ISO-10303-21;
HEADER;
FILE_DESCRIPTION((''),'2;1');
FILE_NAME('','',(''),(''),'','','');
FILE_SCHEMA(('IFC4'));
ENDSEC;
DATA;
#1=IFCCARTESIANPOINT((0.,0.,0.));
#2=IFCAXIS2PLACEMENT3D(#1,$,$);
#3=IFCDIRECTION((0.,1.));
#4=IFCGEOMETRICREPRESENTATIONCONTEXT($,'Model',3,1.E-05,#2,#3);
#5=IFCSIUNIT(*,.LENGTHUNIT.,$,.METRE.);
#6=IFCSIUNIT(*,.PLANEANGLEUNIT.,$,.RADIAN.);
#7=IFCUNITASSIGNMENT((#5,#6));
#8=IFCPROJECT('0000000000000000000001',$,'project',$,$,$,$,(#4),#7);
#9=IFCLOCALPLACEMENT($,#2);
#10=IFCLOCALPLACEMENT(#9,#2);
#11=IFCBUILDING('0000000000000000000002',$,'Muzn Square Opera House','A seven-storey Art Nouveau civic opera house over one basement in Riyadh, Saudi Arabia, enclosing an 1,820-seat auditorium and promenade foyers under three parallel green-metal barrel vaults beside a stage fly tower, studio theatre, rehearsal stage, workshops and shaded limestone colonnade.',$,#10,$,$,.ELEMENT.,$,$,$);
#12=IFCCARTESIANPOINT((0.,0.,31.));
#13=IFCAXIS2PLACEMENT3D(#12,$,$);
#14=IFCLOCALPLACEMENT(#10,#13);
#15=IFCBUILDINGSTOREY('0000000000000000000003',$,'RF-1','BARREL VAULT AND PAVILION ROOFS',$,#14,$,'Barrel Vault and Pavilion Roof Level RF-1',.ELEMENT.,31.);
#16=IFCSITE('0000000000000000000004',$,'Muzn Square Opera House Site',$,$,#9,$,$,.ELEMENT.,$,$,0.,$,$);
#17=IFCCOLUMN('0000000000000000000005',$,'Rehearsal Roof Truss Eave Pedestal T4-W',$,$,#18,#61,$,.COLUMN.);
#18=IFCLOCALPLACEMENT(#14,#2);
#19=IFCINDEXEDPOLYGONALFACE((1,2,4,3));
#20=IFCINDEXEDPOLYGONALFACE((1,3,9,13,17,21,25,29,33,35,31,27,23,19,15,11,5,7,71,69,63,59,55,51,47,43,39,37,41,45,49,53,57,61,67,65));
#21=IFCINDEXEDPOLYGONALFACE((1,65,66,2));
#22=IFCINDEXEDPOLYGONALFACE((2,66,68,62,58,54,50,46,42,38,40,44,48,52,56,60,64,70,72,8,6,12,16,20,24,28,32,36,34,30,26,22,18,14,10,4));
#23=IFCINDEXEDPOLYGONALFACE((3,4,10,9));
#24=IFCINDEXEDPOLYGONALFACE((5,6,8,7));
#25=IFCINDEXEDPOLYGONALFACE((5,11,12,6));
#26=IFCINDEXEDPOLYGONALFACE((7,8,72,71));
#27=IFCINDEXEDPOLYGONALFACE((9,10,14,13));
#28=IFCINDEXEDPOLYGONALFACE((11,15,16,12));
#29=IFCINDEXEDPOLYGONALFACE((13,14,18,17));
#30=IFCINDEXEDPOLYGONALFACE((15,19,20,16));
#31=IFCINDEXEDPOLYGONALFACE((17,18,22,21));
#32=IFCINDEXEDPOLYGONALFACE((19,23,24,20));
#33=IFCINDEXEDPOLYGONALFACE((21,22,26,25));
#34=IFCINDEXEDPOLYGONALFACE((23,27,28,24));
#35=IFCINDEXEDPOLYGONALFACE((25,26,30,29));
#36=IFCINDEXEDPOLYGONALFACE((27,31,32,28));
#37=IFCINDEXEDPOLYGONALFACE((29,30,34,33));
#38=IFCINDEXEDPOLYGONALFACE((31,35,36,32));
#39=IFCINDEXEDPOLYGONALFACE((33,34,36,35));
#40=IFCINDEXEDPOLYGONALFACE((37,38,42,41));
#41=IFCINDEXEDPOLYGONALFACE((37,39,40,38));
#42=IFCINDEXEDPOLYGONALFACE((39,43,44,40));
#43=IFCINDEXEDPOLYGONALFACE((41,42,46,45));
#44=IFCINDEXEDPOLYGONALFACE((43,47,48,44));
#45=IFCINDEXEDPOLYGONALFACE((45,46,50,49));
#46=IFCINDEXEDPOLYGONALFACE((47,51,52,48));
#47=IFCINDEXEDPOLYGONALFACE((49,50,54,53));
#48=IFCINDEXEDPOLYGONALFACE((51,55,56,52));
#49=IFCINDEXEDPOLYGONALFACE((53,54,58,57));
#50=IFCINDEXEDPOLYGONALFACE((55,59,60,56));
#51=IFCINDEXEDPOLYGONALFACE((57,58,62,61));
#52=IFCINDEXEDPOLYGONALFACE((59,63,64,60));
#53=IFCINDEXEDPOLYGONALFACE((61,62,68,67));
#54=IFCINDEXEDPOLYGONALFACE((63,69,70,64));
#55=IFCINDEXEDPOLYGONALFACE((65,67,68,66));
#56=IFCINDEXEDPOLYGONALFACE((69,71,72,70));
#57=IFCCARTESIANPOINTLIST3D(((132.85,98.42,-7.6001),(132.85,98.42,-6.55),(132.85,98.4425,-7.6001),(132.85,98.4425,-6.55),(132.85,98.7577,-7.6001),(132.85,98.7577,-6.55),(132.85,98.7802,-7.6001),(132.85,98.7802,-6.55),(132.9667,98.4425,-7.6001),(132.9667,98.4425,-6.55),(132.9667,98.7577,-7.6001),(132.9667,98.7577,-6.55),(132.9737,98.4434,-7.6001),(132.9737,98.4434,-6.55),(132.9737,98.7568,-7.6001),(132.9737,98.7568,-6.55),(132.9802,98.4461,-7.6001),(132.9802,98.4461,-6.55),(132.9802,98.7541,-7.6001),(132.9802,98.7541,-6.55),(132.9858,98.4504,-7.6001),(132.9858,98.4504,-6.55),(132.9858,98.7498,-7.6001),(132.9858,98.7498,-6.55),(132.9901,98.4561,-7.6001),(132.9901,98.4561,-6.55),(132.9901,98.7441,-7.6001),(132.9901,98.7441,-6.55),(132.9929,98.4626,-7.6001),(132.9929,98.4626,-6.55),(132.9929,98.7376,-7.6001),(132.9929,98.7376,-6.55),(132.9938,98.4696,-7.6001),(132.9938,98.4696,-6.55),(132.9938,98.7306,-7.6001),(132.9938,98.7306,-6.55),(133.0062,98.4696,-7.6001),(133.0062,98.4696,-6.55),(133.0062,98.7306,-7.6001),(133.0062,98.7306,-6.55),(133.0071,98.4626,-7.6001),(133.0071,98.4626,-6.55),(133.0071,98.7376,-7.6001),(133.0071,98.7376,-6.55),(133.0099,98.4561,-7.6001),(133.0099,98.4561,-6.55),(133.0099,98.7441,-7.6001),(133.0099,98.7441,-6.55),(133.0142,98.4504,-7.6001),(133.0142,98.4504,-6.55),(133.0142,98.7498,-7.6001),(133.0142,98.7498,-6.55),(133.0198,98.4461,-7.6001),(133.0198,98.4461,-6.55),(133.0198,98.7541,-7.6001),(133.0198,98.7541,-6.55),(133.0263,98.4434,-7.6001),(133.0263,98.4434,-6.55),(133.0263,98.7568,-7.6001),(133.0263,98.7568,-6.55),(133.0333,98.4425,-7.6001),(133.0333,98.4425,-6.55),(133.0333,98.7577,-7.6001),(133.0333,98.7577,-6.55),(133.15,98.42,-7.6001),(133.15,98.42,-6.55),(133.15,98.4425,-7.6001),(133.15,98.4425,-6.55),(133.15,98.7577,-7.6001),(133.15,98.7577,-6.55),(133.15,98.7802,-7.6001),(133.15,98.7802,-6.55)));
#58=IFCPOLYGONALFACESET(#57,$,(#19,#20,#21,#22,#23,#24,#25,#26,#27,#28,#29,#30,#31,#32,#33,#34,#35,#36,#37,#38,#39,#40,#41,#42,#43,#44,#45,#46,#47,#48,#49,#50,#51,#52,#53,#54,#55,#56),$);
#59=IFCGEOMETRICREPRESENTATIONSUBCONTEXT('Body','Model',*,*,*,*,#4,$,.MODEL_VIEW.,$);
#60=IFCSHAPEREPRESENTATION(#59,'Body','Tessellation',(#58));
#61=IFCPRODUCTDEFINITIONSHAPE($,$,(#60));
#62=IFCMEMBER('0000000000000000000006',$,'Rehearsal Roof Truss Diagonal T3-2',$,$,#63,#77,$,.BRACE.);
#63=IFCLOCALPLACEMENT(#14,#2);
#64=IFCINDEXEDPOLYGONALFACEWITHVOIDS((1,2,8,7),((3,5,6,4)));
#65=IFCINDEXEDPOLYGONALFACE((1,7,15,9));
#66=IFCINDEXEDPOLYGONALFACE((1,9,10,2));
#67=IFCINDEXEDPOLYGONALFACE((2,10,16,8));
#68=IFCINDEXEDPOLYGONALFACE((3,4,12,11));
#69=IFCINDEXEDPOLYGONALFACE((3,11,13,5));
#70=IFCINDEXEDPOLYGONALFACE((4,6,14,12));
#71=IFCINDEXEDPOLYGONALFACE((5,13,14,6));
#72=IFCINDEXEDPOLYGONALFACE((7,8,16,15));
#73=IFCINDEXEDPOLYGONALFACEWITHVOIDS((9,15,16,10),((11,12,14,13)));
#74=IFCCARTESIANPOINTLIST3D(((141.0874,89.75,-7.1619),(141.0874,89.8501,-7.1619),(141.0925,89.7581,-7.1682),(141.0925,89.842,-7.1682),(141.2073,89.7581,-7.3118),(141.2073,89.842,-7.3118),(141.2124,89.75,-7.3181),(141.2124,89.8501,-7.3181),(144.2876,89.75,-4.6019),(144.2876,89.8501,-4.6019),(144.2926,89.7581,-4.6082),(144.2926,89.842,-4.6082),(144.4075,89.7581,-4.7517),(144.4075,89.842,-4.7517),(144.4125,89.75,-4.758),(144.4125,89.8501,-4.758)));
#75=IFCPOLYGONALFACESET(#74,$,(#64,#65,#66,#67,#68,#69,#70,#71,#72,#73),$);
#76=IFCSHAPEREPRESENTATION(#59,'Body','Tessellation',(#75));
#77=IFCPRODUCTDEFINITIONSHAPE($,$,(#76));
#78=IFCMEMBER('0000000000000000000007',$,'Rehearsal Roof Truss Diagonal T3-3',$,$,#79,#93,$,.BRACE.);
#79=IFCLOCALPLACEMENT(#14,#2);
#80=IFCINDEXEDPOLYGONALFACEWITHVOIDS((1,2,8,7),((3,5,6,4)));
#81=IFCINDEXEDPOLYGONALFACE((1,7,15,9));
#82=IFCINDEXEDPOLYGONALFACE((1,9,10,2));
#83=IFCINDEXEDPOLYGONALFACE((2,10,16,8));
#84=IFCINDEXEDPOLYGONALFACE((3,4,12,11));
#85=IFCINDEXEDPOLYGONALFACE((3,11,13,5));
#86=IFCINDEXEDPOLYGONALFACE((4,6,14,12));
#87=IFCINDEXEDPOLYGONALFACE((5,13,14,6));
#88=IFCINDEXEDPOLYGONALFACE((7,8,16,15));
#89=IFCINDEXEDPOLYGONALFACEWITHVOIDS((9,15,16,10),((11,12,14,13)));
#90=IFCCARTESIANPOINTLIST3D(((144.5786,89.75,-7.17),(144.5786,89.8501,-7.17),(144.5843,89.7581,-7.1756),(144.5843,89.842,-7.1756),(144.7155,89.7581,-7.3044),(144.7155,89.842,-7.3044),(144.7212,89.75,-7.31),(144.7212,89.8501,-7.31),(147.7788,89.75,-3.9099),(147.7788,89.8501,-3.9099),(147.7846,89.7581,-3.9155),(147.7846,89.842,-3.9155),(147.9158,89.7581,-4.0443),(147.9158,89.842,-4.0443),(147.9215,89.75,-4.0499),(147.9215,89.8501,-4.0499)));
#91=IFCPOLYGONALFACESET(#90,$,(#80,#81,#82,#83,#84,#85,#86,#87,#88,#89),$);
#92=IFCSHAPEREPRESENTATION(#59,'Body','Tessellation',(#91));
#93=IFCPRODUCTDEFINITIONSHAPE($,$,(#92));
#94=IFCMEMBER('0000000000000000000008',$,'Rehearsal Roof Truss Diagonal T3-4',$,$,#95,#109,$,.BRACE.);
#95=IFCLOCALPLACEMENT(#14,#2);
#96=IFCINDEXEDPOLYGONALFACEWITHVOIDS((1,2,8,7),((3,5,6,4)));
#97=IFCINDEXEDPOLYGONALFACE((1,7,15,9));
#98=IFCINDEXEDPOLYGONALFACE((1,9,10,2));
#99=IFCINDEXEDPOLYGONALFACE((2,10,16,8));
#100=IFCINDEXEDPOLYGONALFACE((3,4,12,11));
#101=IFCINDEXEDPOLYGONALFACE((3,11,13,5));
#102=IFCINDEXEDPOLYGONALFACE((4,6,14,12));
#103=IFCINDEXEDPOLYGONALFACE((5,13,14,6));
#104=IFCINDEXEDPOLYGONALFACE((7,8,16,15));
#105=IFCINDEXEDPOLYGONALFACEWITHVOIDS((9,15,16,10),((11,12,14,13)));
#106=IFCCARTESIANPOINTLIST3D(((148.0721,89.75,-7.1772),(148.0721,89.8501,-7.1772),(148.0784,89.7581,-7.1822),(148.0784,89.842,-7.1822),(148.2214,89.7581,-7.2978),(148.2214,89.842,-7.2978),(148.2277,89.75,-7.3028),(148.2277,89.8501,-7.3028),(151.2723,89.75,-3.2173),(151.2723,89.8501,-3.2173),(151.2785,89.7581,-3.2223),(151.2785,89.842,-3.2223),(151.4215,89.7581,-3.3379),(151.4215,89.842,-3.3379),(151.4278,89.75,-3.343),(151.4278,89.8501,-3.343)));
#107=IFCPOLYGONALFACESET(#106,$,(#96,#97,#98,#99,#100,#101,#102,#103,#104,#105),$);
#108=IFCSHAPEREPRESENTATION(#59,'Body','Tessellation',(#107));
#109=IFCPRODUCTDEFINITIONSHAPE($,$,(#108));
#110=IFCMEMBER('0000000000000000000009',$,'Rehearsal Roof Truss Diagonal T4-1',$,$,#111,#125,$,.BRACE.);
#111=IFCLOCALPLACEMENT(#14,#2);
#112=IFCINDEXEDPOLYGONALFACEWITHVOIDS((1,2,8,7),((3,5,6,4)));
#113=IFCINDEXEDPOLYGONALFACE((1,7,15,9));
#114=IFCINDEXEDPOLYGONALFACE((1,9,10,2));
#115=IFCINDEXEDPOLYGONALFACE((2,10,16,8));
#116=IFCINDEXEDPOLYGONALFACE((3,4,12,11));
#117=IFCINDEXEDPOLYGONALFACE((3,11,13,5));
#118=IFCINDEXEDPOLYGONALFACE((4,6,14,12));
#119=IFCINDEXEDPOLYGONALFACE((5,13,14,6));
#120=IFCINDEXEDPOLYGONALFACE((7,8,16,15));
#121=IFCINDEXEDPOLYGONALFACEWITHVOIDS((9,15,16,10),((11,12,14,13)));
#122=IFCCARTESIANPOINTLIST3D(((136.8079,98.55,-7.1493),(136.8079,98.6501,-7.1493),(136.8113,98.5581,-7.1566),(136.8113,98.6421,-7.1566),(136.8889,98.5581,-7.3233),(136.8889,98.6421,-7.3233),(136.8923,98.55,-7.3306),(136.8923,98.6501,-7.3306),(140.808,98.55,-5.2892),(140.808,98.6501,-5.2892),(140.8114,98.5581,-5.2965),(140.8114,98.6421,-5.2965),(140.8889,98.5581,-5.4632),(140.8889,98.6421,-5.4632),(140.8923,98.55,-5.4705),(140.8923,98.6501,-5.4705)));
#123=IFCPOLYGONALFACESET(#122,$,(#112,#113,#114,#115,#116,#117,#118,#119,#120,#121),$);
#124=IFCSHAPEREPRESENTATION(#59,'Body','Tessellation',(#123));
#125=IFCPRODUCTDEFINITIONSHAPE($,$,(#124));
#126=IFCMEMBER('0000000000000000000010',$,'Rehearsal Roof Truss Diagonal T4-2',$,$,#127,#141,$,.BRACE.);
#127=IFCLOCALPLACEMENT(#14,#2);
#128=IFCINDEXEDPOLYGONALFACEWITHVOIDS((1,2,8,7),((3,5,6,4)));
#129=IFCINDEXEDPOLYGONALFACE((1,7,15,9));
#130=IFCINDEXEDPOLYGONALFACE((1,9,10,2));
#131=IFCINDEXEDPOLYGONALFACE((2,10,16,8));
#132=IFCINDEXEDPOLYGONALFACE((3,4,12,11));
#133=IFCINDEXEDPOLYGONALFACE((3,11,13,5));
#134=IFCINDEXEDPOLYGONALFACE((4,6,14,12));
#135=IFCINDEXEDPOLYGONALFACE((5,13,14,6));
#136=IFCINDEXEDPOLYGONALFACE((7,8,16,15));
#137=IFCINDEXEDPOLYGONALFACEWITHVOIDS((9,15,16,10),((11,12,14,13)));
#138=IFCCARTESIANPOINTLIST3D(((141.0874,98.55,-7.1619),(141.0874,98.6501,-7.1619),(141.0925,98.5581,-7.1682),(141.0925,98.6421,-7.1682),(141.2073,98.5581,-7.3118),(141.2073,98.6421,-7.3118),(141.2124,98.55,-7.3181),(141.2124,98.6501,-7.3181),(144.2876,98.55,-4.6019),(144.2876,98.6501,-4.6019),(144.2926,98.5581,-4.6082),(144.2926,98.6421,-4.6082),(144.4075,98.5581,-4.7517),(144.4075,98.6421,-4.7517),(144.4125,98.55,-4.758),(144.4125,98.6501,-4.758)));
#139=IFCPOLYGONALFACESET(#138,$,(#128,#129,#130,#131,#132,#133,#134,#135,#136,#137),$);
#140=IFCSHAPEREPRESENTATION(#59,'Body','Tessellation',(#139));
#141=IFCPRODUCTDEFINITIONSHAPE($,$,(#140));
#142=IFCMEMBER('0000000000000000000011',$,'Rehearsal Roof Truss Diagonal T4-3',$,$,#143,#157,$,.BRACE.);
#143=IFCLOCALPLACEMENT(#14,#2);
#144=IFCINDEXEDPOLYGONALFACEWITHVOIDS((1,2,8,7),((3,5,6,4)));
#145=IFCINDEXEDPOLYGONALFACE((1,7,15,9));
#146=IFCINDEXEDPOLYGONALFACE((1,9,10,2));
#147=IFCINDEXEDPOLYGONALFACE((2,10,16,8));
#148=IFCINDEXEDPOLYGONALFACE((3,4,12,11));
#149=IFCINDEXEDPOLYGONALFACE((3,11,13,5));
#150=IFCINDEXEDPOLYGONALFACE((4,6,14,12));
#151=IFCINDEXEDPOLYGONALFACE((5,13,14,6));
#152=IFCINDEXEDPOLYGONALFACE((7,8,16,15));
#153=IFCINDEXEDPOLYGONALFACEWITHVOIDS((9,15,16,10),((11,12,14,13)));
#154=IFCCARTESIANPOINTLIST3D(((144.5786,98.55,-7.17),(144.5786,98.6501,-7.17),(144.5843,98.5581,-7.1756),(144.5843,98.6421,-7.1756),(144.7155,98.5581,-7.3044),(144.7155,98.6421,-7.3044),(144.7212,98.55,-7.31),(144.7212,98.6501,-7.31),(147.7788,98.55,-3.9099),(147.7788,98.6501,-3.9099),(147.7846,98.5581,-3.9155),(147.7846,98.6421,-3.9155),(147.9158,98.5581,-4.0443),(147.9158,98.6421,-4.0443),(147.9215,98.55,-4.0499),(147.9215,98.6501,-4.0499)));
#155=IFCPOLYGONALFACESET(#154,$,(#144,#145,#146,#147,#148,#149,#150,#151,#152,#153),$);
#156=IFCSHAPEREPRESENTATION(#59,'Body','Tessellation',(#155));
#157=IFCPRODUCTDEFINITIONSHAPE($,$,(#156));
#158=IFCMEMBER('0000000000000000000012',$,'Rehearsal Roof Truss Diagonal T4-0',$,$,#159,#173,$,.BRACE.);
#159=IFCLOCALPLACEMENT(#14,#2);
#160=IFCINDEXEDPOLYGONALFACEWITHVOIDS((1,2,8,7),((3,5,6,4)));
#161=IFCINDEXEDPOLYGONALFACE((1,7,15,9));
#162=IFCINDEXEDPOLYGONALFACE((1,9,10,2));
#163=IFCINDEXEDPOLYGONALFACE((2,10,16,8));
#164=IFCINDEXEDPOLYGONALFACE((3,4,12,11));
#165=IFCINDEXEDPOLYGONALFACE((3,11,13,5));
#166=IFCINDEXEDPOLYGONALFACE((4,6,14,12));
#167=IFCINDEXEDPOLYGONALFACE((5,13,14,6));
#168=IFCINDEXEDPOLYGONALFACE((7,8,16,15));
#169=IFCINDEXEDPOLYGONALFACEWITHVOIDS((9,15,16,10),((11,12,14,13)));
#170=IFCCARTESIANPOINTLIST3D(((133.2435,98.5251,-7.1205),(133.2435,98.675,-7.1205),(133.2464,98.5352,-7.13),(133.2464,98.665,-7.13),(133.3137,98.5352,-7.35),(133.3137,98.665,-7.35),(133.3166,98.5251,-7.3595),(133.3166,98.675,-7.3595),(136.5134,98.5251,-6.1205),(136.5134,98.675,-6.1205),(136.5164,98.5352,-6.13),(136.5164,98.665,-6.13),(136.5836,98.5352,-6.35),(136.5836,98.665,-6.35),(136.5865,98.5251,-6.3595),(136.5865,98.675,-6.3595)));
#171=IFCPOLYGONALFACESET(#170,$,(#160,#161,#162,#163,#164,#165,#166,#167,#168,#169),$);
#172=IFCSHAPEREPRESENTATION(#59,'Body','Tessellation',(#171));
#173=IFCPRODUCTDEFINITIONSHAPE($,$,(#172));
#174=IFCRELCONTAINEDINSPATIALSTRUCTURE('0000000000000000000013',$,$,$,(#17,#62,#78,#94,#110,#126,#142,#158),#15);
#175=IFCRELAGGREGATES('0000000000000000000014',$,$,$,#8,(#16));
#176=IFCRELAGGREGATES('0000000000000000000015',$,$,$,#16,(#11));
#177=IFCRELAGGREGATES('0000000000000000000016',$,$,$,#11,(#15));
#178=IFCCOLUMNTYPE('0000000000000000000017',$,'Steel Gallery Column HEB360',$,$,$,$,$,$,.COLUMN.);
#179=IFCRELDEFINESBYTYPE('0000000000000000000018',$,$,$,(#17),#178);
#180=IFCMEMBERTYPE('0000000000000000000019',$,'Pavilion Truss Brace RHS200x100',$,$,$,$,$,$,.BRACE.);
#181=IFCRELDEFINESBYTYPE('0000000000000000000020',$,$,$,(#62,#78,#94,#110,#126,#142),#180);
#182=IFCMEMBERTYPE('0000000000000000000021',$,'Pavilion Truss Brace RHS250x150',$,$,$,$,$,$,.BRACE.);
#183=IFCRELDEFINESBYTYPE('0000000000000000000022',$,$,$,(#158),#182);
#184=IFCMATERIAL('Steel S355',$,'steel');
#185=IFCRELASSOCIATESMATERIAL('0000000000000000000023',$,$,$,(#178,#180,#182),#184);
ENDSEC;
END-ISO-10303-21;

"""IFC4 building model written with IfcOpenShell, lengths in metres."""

from ifc_helpers import new_model, si_unit, direction, frame, origin, origin_2d, place, context, subcontext, project, spatial, hollow_rectangle, i_section, extrude, material, material_profile, profile_set, type_object, element, save


model = new_model("IFC4")

# Units and contexts
model_context = context("Model", 3, precision=1e-05, world=origin(), true_north=direction((0.0, 1.0)))
body_context = subcontext(model_context, "Body", "Model", "MODEL_VIEW")
ifc_project = project(units=[si_unit("LENGTHUNIT", "METRE"), si_unit("PLANEANGLEUNIT", "RADIAN")], contexts=[model_context])

# Site, building, storey
site_placement = place(None, origin())
site = spatial("IfcSite", under=ifc_project, at=site_placement, Name="Muzn Square Opera House Site", CompositionType="ELEMENT", RefElevation=0.0)
building_placement = place(site_placement, origin())
building = spatial("IfcBuilding", under=site, at=building_placement, Name="Muzn Square Opera House", Description="A seven-storey Art Nouveau civic opera house over one basement in Riyadh, Saudi Arabia, enclosing an 1,820-seat auditorium and promenade foyers under three parallel green-metal barrel vaults beside a stage fly tower, studio theatre, rehearsal stage, workshops and shaded limestone colonnade.", CompositionType="ELEMENT")
storey_placement = place(building_placement, frame((0.0, 0.0, 31.0)))
storey = spatial("IfcBuildingStorey", under=building, at=storey_placement, Name="RF-1", Description="BARREL VAULT AND PAVILION ROOFS", LongName="Barrel Vault and Pavilion Roof Level RF-1", CompositionType="ELEMENT", Elevation=31.0)

# Column
ifc_material = material(Name="Steel S355", Category="steel")
ifc_material_profile_1 = material_profile(ifc_material, i_section(OverallWidth=0.3, OverallDepth=0.3601, WebThickness=0.0125, FlangeThickness=0.0225, FilletRadius=0.0271, at=origin_2d()), Name="HEB 360", Category="steel")
ifc_profile_set_1 = profile_set([ifc_material_profile_1], Name="Steel S355")
column_type = type_object("IfcColumnType", Name="Steel Gallery Column HEB360", PredefinedType="COLUMN", material=ifc_profile_set_1)
column_placement = place(storey_placement, frame((133.0, 98.6001, -7.6001), z_axis=(0.0, 0.0, 1.0), x_axis=(1.0, 0.0, 0.0)))
element("IfcColumn", 1, at=column_placement, inside=storey, type_object=column_type, Name="Rehearsal Roof Truss Eave Pedestal T4-W", PredefinedType="COLUMN", context=body_context, shape_type="SweptSolid", body=[
    extrude(i_section(OverallWidth=0.3, OverallDepth=0.3601, WebThickness=0.0125, FlangeThickness=0.0225, FilletRadius=0.0271, at=origin_2d()), origin(), (0.0, 0.0, 1.0), 1.05),
])

# Members
ifc_material_profile_2 = material_profile(ifc_material, hollow_rectangle(XDim=0.1001, YDim=0.2, WallThickness=0.0081, at=origin_2d()), Name="RHS 200x100x8", Category="steel")
ifc_profile_set_2 = profile_set([ifc_material_profile_2], Name="Steel S355")
member_type_1 = type_object("IfcMemberType", Name="Pavilion Truss Brace RHS200x100", PredefinedType="BRACE", material=ifc_profile_set_2)
member_1_placement = place(storey_placement, frame((141.1499, 89.8, -7.24), z_axis=(0.78088, 0.0, 0.624681), x_axis=(0.0, 1.0, 0.0)))
element("IfcMember", 2, at=member_1_placement, inside=storey, type_object=member_type_1, Name="Rehearsal Roof Truss Diagonal T3-2", PredefinedType="BRACE", context=body_context, shape_type="SweptSolid", body=[
    extrude(hollow_rectangle(XDim=0.1001, YDim=0.2, WallThickness=0.0081, at=origin_2d()), origin(), (0.0, 0.0, 1.0), 4.0981),
])
member_2_placement = place(storey_placement, frame((144.6499, 89.8, -7.24), z_axis=(0.70053, 0.0, 0.713623), x_axis=(0.0, 1.0, 0.0)))
element("IfcMember", 3, at=member_2_placement, inside=storey, type_object=member_type_1, Name="Rehearsal Roof Truss Diagonal T3-3", PredefinedType="BRACE", context=body_context, shape_type="SweptSolid", body=[
    extrude(hollow_rectangle(XDim=0.1001, YDim=0.2, WallThickness=0.0081, at=origin_2d()), origin(), (0.0, 0.0, 1.0), 4.5684),
])
member_3_placement = place(storey_placement, frame((148.1499, 89.8, -7.24), z_axis=(0.628547, 0.0, 0.777772), x_axis=(0.0, 1.0, 0.0)))
element("IfcMember", 4, at=member_3_placement, inside=storey, type_object=member_type_1, Name="Rehearsal Roof Truss Diagonal T3-4", PredefinedType="BRACE", context=body_context, shape_type="SweptSolid", body=[
    extrude(hollow_rectangle(XDim=0.1001, YDim=0.2, WallThickness=0.0081, at=origin_2d()), origin(), (0.0, 0.0, 1.0), 5.0913),
])
member_4_placement = place(storey_placement, frame((136.8501, 98.6001, -7.24), z_axis=(0.906752, 0.0, 0.421664), x_axis=(0.0, 1.0, 0.0)))
element("IfcMember", 5, at=member_4_placement, inside=storey, type_object=member_type_1, Name="Rehearsal Roof Truss Diagonal T4-1", PredefinedType="BRACE", context=body_context, shape_type="SweptSolid", body=[
    extrude(hollow_rectangle(XDim=0.1001, YDim=0.2, WallThickness=0.0081, at=origin_2d()), origin(), (0.0, 0.0, 1.0), 4.4114),
])
member_5_placement = place(storey_placement, frame((141.1499, 98.6001, -7.24), z_axis=(0.78088, 0.0, 0.624681), x_axis=(0.0, 1.0, 0.0)))
element("IfcMember", 6, at=member_5_placement, inside=storey, type_object=member_type_1, Name="Rehearsal Roof Truss Diagonal T4-2", PredefinedType="BRACE", context=body_context, shape_type="SweptSolid", body=[
    extrude(hollow_rectangle(XDim=0.1001, YDim=0.2, WallThickness=0.0081, at=origin_2d()), origin(), (0.0, 0.0, 1.0), 4.0981),
])
member_6_placement = place(storey_placement, frame((144.6499, 98.6001, -7.24), z_axis=(0.70053, 0.0, 0.713623), x_axis=(0.0, 1.0, 0.0)))
element("IfcMember", 7, at=member_6_placement, inside=storey, type_object=member_type_1, Name="Rehearsal Roof Truss Diagonal T4-3", PredefinedType="BRACE", context=body_context, shape_type="SweptSolid", body=[
    extrude(hollow_rectangle(XDim=0.1001, YDim=0.2, WallThickness=0.0081, at=origin_2d()), origin(), (0.0, 0.0, 1.0), 4.5684),
])
ifc_material_profile_3 = material_profile(ifc_material, hollow_rectangle(XDim=0.1499, YDim=0.25, WallThickness=0.01, at=origin_2d()), Name="RHS 250x150x10", Category="steel")
ifc_profile_set_3 = profile_set([ifc_material_profile_3], Name="Steel S355")
member_type_2 = type_object("IfcMemberType", Name="Pavilion Truss Brace RHS250x150", PredefinedType="BRACE", material=ifc_profile_set_3)
member_7_placement = place(storey_placement, frame((133.28, 98.6001, -7.24), z_axis=(0.956284, 0.0, 0.29244), x_axis=(0.0, 1.0, 0.0)))
element("IfcMember", 8, at=member_7_placement, inside=storey, type_object=member_type_2, Name="Rehearsal Roof Truss Diagonal T4-0", PredefinedType="BRACE", context=body_context, shape_type="SweptSolid", body=[
    extrude(hollow_rectangle(XDim=0.1499, YDim=0.25, WallThickness=0.01, at=origin_2d()), origin(), (0.0, 0.0, 1.0), 3.4194),
])

save(model, "model.ifc")
